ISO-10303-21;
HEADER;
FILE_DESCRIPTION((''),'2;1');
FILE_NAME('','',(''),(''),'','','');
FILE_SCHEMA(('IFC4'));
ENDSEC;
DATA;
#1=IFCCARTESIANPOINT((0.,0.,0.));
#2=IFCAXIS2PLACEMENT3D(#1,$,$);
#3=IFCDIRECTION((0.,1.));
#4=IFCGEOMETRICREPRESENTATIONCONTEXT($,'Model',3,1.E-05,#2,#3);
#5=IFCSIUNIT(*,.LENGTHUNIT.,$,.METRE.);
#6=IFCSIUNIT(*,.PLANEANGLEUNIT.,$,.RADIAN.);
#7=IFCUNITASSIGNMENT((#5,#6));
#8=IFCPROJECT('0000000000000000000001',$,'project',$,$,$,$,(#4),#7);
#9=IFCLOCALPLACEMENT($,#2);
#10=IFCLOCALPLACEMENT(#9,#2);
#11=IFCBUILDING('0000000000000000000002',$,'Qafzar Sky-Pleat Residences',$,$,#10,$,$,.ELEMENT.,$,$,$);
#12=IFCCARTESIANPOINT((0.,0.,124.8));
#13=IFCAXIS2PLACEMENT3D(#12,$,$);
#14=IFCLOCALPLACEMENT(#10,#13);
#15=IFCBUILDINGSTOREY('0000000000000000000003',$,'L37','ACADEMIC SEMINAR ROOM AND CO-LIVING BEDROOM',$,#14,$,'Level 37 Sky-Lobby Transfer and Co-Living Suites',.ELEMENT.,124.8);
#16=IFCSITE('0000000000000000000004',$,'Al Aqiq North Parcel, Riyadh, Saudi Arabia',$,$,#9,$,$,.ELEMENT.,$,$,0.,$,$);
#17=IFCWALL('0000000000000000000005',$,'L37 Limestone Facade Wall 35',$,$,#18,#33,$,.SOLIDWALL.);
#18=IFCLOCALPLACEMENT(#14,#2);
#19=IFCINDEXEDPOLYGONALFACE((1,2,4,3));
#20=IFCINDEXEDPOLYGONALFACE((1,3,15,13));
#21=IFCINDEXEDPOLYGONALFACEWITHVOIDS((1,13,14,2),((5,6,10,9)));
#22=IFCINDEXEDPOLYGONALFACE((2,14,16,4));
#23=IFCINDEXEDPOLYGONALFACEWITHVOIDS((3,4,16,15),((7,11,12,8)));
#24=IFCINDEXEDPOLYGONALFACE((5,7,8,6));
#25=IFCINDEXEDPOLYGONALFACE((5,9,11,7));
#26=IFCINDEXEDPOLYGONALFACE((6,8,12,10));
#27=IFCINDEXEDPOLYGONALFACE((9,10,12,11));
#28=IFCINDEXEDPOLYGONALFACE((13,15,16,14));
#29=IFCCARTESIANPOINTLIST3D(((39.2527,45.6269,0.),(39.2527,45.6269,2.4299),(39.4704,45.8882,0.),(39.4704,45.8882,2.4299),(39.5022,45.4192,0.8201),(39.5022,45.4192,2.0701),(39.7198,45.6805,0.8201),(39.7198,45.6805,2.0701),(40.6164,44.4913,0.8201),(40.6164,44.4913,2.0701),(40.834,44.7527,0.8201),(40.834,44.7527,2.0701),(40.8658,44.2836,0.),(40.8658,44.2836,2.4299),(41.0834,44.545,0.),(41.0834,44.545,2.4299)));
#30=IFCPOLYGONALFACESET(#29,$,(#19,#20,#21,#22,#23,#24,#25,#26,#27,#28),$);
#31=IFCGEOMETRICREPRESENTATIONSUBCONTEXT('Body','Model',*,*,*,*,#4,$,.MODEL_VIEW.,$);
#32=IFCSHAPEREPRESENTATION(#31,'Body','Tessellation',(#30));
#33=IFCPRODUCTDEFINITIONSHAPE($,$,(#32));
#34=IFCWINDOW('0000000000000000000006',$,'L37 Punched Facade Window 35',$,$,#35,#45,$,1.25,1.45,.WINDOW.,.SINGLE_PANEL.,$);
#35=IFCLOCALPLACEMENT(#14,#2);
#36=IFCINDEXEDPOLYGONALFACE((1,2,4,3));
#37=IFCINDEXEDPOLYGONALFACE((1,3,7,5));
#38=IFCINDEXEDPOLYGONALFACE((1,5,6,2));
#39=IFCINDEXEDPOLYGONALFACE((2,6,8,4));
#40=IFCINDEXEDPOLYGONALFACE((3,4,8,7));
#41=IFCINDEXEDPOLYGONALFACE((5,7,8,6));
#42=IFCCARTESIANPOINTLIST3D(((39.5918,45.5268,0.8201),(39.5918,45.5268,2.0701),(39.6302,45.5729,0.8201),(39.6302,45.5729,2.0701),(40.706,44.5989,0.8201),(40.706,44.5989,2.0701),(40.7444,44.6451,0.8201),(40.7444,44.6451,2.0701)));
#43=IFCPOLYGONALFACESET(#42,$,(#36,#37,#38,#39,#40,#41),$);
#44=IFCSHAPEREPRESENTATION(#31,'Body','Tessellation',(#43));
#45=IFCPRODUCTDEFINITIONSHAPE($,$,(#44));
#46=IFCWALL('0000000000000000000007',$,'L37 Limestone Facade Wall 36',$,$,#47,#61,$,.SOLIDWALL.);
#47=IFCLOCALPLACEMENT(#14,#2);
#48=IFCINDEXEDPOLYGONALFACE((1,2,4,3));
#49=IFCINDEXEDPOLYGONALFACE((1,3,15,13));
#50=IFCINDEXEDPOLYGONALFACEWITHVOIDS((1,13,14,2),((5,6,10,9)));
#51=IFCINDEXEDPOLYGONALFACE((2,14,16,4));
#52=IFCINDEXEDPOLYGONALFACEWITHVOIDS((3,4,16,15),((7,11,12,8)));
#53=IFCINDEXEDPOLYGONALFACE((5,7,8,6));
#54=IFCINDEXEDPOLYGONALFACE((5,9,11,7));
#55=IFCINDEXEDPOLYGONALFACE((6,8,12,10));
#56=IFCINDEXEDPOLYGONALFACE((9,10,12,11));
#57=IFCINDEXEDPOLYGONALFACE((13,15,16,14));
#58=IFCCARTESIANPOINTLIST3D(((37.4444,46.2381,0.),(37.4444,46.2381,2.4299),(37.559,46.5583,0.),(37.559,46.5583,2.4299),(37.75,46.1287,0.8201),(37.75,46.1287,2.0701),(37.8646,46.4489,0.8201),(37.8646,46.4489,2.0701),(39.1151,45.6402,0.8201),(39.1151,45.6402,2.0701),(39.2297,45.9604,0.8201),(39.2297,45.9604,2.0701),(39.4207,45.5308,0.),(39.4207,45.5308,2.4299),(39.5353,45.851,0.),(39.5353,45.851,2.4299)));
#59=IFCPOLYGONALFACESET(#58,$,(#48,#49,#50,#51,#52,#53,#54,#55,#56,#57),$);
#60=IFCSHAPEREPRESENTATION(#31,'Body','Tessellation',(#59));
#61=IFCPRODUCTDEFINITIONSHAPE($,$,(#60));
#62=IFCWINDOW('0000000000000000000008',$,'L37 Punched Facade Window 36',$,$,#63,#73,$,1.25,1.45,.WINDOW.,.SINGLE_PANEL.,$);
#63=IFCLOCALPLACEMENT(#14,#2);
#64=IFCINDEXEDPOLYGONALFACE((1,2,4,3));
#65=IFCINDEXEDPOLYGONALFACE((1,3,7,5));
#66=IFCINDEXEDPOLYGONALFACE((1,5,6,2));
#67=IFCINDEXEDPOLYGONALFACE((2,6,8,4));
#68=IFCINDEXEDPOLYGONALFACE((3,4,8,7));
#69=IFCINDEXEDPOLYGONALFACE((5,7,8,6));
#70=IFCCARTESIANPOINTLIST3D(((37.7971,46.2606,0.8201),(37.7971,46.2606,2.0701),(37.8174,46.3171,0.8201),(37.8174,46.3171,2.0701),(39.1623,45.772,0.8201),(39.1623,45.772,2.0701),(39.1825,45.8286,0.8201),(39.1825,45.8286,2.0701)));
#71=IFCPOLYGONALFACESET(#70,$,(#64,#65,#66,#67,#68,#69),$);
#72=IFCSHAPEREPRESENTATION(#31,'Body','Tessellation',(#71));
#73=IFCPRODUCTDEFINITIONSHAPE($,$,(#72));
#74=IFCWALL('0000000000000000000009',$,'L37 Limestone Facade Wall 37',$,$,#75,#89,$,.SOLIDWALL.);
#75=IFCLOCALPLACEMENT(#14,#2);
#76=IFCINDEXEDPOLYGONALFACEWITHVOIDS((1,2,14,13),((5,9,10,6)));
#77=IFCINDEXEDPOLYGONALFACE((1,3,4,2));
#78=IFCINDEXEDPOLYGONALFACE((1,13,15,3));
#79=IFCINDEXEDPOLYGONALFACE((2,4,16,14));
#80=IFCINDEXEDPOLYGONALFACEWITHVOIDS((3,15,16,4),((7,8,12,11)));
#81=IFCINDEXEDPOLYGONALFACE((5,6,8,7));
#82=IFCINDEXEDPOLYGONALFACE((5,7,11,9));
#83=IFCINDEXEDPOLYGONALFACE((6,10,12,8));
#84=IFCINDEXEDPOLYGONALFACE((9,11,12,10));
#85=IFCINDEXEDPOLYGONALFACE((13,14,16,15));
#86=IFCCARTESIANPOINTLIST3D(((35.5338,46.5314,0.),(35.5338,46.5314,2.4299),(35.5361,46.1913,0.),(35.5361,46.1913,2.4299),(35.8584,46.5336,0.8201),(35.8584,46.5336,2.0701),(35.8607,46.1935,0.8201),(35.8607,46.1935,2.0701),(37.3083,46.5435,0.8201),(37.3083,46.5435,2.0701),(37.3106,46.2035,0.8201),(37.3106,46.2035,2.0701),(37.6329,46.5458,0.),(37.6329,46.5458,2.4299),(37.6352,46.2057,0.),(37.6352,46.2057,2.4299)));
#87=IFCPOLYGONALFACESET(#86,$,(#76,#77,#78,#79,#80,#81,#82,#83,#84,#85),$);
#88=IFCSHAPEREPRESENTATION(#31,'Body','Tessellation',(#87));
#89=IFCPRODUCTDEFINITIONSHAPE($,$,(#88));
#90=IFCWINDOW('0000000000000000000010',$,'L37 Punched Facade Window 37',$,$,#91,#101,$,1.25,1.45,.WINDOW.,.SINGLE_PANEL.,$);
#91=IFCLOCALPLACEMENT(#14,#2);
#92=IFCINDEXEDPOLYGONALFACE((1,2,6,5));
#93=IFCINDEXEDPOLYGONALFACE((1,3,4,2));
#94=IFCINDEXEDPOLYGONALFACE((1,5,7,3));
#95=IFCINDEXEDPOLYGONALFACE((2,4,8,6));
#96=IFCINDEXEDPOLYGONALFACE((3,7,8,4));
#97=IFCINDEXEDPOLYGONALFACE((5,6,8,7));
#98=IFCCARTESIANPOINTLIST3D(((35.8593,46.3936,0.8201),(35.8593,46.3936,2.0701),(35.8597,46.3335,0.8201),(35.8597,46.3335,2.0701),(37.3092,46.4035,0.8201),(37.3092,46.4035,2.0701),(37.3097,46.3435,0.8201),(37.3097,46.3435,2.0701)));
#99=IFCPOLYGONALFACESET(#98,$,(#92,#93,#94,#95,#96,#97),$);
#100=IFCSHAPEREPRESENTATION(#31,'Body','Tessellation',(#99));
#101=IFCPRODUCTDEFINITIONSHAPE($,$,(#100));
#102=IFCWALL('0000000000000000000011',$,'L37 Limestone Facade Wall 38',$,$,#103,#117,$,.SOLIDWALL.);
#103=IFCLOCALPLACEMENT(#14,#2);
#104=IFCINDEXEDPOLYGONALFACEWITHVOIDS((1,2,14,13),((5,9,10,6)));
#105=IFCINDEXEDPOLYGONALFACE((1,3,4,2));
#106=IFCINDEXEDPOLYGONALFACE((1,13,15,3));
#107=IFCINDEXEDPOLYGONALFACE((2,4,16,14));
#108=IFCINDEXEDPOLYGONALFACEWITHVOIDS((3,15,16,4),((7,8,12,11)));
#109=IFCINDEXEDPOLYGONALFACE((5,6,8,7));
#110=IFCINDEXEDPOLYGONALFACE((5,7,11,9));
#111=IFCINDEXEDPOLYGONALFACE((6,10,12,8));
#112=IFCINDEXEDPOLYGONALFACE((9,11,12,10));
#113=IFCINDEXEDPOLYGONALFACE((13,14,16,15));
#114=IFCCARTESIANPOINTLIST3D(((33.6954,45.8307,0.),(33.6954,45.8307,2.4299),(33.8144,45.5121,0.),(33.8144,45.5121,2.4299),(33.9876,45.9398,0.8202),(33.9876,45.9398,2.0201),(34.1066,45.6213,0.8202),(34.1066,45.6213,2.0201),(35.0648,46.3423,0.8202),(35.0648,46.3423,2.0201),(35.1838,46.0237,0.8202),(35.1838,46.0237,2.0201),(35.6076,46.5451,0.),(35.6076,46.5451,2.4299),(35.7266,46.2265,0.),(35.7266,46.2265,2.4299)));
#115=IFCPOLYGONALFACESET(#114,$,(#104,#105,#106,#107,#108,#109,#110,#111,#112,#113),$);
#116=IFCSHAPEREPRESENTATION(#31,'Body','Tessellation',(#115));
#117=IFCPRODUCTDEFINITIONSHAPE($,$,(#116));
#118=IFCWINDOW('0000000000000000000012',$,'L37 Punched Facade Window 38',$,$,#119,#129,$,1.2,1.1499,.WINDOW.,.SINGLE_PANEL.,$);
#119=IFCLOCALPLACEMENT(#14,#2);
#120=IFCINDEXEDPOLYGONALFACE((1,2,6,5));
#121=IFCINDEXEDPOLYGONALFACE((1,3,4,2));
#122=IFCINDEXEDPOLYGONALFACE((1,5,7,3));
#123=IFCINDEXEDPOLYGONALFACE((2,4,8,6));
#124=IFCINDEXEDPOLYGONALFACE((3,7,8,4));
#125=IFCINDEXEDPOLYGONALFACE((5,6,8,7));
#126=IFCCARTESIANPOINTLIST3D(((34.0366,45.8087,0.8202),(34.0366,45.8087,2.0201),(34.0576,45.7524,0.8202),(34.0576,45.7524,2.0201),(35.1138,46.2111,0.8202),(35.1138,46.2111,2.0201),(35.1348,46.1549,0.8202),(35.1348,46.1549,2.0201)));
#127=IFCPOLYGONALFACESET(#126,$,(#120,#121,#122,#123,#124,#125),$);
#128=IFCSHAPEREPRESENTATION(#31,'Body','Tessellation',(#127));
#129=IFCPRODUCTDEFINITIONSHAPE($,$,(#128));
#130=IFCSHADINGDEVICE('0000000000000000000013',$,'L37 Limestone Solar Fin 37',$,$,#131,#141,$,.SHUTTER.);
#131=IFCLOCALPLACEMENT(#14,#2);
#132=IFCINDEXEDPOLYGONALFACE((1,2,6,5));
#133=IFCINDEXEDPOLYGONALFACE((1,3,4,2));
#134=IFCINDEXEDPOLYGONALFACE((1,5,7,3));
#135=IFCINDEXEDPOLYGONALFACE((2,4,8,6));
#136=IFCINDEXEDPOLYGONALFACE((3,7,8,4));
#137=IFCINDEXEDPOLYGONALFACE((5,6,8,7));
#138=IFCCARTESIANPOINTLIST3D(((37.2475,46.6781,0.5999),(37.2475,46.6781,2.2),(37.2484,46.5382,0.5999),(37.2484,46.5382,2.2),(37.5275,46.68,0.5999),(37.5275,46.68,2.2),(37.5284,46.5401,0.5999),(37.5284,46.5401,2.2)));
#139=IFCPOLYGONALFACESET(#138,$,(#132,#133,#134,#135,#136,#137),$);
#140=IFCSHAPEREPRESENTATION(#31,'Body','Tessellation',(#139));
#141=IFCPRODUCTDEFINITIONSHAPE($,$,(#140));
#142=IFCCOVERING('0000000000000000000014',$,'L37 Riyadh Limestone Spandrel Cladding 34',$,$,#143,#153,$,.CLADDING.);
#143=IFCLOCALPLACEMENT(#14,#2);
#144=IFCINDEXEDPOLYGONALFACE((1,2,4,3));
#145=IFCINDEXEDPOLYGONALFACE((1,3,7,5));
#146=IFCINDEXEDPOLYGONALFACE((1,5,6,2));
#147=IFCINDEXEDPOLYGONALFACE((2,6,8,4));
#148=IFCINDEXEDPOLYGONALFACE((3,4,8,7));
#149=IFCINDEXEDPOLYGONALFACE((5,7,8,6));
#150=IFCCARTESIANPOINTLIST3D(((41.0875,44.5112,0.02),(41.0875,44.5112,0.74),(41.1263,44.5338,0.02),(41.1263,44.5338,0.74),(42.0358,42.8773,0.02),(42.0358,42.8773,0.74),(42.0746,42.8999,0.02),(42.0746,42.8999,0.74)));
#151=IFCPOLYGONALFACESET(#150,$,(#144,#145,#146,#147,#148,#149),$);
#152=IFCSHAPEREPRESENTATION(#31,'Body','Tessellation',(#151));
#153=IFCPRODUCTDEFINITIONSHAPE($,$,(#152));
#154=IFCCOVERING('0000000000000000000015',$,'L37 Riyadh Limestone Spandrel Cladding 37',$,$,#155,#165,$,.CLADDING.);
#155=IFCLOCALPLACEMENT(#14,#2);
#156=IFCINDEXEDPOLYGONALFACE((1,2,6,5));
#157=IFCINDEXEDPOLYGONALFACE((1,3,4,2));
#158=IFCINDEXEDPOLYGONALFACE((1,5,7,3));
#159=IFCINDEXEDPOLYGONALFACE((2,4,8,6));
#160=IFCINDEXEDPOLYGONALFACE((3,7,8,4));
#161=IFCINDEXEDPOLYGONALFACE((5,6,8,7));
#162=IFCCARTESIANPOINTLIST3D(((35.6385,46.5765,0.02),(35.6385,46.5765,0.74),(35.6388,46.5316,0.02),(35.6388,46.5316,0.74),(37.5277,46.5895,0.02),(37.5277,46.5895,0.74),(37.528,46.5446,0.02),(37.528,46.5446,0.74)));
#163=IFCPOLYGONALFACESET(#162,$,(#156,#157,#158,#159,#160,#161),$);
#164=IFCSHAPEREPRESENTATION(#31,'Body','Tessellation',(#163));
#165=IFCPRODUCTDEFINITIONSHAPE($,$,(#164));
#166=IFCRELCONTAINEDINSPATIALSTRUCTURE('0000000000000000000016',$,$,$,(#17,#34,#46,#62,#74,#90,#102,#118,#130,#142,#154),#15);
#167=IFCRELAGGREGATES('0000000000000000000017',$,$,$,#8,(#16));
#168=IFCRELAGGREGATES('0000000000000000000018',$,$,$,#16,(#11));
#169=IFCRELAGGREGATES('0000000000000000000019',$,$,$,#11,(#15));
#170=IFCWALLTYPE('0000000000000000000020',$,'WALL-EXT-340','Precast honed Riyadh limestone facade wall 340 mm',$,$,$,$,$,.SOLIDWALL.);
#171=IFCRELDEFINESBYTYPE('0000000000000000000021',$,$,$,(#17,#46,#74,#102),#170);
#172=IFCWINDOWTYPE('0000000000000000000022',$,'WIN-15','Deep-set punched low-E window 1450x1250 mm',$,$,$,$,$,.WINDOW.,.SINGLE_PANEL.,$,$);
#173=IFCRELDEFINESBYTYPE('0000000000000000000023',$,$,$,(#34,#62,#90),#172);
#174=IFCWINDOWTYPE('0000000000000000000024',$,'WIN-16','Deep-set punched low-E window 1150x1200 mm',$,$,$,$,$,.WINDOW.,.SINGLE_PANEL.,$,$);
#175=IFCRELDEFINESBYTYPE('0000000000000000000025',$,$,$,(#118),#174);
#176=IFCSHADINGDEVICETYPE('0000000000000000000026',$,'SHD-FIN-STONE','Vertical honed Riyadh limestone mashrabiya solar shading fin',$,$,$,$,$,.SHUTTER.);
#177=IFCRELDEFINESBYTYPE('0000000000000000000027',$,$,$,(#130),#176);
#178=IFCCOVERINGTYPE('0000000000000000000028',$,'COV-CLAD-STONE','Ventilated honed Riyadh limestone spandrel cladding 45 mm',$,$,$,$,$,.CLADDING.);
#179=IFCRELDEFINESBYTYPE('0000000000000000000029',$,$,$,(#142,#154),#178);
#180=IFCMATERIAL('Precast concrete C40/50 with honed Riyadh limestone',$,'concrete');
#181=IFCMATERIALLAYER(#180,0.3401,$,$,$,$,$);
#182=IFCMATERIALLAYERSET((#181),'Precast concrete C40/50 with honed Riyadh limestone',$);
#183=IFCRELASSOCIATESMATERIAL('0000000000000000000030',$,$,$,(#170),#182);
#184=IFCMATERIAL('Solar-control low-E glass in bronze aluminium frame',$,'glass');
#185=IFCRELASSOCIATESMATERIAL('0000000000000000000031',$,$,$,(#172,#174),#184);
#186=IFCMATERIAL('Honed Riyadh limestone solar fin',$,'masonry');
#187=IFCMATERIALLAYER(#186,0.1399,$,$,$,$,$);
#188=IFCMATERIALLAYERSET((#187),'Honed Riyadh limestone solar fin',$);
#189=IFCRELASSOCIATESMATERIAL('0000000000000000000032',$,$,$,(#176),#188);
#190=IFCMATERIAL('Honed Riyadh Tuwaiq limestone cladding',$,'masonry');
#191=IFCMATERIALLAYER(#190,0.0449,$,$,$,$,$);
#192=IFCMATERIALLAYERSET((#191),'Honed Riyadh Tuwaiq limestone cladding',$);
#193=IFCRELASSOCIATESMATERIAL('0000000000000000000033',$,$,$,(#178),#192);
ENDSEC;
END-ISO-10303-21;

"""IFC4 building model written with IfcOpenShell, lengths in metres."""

from ifc_helpers import new_model, si_unit, direction, frame, frame_2d, origin, origin_2d, place, context, subcontext, project, spatial, rectangle, extrude, source, transform, mapped, material, layer, layer_set, type_object, element, fill, save


model = new_model("IFC4")

# Units and contexts
model_context = context("Model", 3, precision=1e-05, world=origin(), true_north=direction((0.0, 1.0)))
body_context = subcontext(model_context, "Body", "Model", "MODEL_VIEW")
ifc_project = project(units=[si_unit("LENGTHUNIT", "METRE"), si_unit("PLANEANGLEUNIT", "RADIAN")], contexts=[model_context])

# Site, building, storey
site_placement = place(None, origin())
site = spatial("IfcSite", under=ifc_project, at=site_placement, Name="Al Aqiq North Parcel, Riyadh, Saudi Arabia", CompositionType="ELEMENT", RefElevation=0.0)
building_placement = place(site_placement, origin())
building = spatial("IfcBuilding", under=site, at=building_placement, Name="Qafzar Sky-Pleat Residences", CompositionType="ELEMENT")
storey_placement = place(building_placement, frame((0.0, 0.0, 124.8)))
storey = spatial("IfcBuildingStorey", under=building, at=storey_placement, Name="L37", Description="ACADEMIC SEMINAR ROOM AND CO-LIVING BEDROOM", LongName="Level 37 Sky-Lobby Transfer and Co-Living Suites", CompositionType="ELEMENT", Elevation=124.8)

# Shared definitions
ifc_material_1 = material(Name="Precast concrete C40/50 with honed Riyadh limestone", Category="concrete")
ifc_layer_1 = layer(ifc_material_1, 0.3401)
ifc_layer_set_1 = layer_set([ifc_layer_1], Name="Precast concrete C40/50 with honed Riyadh limestone")
wall_type_1 = type_object("IfcWallType", Name="WALL-EXT-340", Description="Precast honed Riyadh limestone facade wall 340 mm", PredefinedType="SOLIDWALL", material=ifc_layer_set_1)
ifc_material_2 = material(Name="Solar-control low-E glass in bronze aluminium frame", Category="glass")
window_type_1 = type_object("IfcWindowType", Name="WIN-15", Description="Deep-set punched low-E window 1450x1250 mm", PartitioningType="SINGLE_PANEL", PredefinedType="WINDOW", material=ifc_material_2)
shared_shape_1 = source(origin(), body_context, "Body", "SweptSolid", [
    extrude(rectangle(XDim=1.45, YDim=1.25, at=frame_2d((0.7251, 0.625))), frame((0.0, 0.03, 0.0), z_axis=(0.0, -1.0, 0.0), x_axis=(1.0, 0.0, 0.0)), (0.0, 0.0, 1.0), 0.0601),
])

# Walls, openings, windows
wall_1_placement = place(storey_placement, frame((40.9746, 44.4143, 0.0), z_axis=(0.0, 0.0, 1.0), x_axis=(-0.768441, 0.639921, 0.0)))
wall_1 = element("IfcWall", 1, at=wall_1_placement, inside=storey, type_object=wall_type_1, Name="L37 Limestone Facade Wall 35", PredefinedType="SOLIDWALL", context=body_context, shape_type="SweptSolid", body=[
    extrude(rectangle(XDim=2.0991, YDim=0.3401, at=frame_2d((1.0496, 0.0))), origin(), (0.0, 0.0, 1.0), 2.4299),
])
opening_1_placement = place(wall_1_placement, frame((0.3245, 0.0, 0.8201)))
opening_1 = element("IfcOpeningElement", 2, at=opening_1_placement, cuts=wall_1, PredefinedType="OPENING", context=body_context, shape_type="SweptSolid", body=[
    extrude(rectangle(XDim=1.45, YDim=1.25, at=frame_2d((0.7251, 0.625))), frame((0.0, 0.1802, 0.0), z_axis=(0.0, -1.0, 0.0), x_axis=(1.0, 0.0, 0.0)), (0.0, 0.0, 1.0), 0.3601),
])
window_1_placement = place(opening_1_placement, origin())
window_1 = element("IfcWindow", 3, at=window_1_placement, inside=storey, type_object=window_type_1, Name="L37 Punched Facade Window 35", OverallHeight=1.25, OverallWidth=1.45, PartitioningType="SINGLE_PANEL", PredefinedType="WINDOW", context=body_context, shape_type="MappedRepresentation", body=[
    mapped(shared_shape_1, transform((0.0, 0.0, 0.0), x_axis=(1.0, 0.0, 0.0), y_axis=(0.0, 1.0, 0.0), z_axis=(0.0, 0.0, 1.0), scale=1.0)),
])
fill(opening_1, window_1)
wall_2_placement = place(storey_placement, frame((39.478, 45.6909, 0.0), z_axis=(0.0, 0.0, 1.0), x_axis=(-0.941523, 0.336948, 0.0)))
wall_2 = element("IfcWall", 4, at=wall_2_placement, inside=storey, type_object=wall_type_1, Name="L37 Limestone Facade Wall 36", PredefinedType="SOLIDWALL", context=body_context, shape_type="SweptSolid", body=[
    extrude(rectangle(XDim=2.0991, YDim=0.3401, at=frame_2d((1.0496, 0.0))), origin(), (0.0, 0.0, 1.0), 2.4299),
])
opening_2_placement = place(wall_2_placement, frame((0.3245, 0.0, 0.8201)))
opening_2 = element("IfcOpeningElement", 5, at=opening_2_placement, cuts=wall_2, PredefinedType="OPENING", context=body_context, shape_type="SweptSolid", body=[
    extrude(rectangle(XDim=1.45, YDim=1.25, at=frame_2d((0.7251, 0.625))), frame((0.0, 0.1802, 0.0), z_axis=(0.0, -1.0, 0.0), x_axis=(1.0, 0.0, 0.0)), (0.0, 0.0, 1.0), 0.3601),
])
window_2_placement = place(opening_2_placement, origin())
window_2 = element("IfcWindow", 6, at=window_2_placement, inside=storey, type_object=window_type_1, Name="L37 Punched Facade Window 36", OverallHeight=1.25, OverallWidth=1.45, PartitioningType="SINGLE_PANEL", PredefinedType="WINDOW", context=body_context, shape_type="MappedRepresentation", body=[
    mapped(shared_shape_1, transform((0.0, 0.0, 0.0), x_axis=(1.0, 0.0, 0.0), y_axis=(0.0, 1.0, 0.0), z_axis=(0.0, 0.0, 1.0), scale=1.0)),
])
fill(opening_2, window_2)
wall_3_placement = place(storey_placement, frame((37.634, 46.3757, 0.0), z_axis=(0.0, 0.0, 1.0), x_axis=(-0.999976, -0.006862, 0.0)))
wall_3 = element("IfcWall", 7, at=wall_3_placement, inside=storey, type_object=wall_type_1, Name="L37 Limestone Facade Wall 37", PredefinedType="SOLIDWALL", context=body_context, shape_type="SweptSolid", body=[
    extrude(rectangle(XDim=2.0991, YDim=0.3401, at=frame_2d((1.0496, 0.0))), origin(), (0.0, 0.0, 1.0), 2.4299),
])
opening_3_placement = place(wall_3_placement, frame((0.3245, 0.0, 0.8201)))
opening_3 = element("IfcOpeningElement", 8, at=opening_3_placement, cuts=wall_3, PredefinedType="OPENING", context=body_context, shape_type="SweptSolid", body=[
    extrude(rectangle(XDim=1.45, YDim=1.25, at=frame_2d((0.7251, 0.625))), frame((0.0, 0.1802, 0.0), z_axis=(0.0, -1.0, 0.0), x_axis=(1.0, 0.0, 0.0)), (0.0, 0.0, 1.0), 0.3601),
])
window_3_placement = place(opening_3_placement, origin())
window_3 = element("IfcWindow", 9, at=window_3_placement, inside=storey, type_object=window_type_1, Name="L37 Punched Facade Window 37", OverallHeight=1.25, OverallWidth=1.45, PartitioningType="SINGLE_PANEL", PredefinedType="WINDOW", context=body_context, shape_type="MappedRepresentation", body=[
    mapped(shared_shape_1, transform((0.0, 0.0, 0.0), x_axis=(1.0, 0.0, 0.0), y_axis=(0.0, 1.0, 0.0), z_axis=(0.0, 0.0, 1.0), scale=1.0)),
])
fill(opening_3, window_3)
wall_4_placement = place(storey_placement, frame((35.667, 46.3857, 0.0), z_axis=(0.0, 0.0, 1.0), x_axis=(-0.936761, -0.34997, 0.0)))
wall_4 = element("IfcWall", 10, at=wall_4_placement, inside=storey, type_object=wall_type_1, Name="L37 Limestone Facade Wall 38", PredefinedType="SOLIDWALL", context=body_context, shape_type="SweptSolid", body=[
    extrude(rectangle(XDim=2.0413, YDim=0.3401, at=frame_2d((1.0205, 0.0))), origin(), (0.0, 0.0, 1.0), 2.4299),
])
opening_4_placement = place(wall_4_placement, frame((0.5793, 0.0, 0.8201)))
opening_4 = element("IfcOpeningElement", 11, at=opening_4_placement, cuts=wall_4, PredefinedType="OPENING", context=body_context, shape_type="SweptSolid", body=[
    extrude(rectangle(XDim=1.1499, YDim=1.2, at=frame_2d((0.575, 0.6001))), frame((0.0, 0.1802, 0.0), z_axis=(0.0, -1.0, 0.0), x_axis=(1.0, 0.0, 0.0)), (0.0, 0.0, 1.0), 0.3601),
])
window_type_2 = type_object("IfcWindowType", Name="WIN-16", Description="Deep-set punched low-E window 1150x1200 mm", PartitioningType="SINGLE_PANEL", PredefinedType="WINDOW", material=ifc_material_2)
shared_shape_2 = source(origin(), body_context, "Body", "SweptSolid", [
    extrude(rectangle(XDim=1.1499, YDim=1.2, at=frame_2d((0.575, 0.6001))), frame((0.0, 0.03, 0.0), z_axis=(0.0, -1.0, 0.0), x_axis=(1.0, 0.0, 0.0)), (0.0, 0.0, 1.0), 0.0601),
])
window_4_placement = place(opening_4_placement, origin())
window_4 = element("IfcWindow", 12, at=window_4_placement, inside=storey, type_object=window_type_2, Name="L37 Punched Facade Window 38", OverallHeight=1.2, OverallWidth=1.1499, PartitioningType="SINGLE_PANEL", PredefinedType="WINDOW", context=body_context, shape_type="MappedRepresentation", body=[
    mapped(shared_shape_2, transform((0.0, 0.0, 0.0), x_axis=(1.0, 0.0, 0.0), y_axis=(0.0, 1.0, 0.0), z_axis=(0.0, 0.0, 1.0), scale=1.0)),
])
fill(opening_4, window_4)

# Shading device
ifc_material_3 = material(Name="Honed Riyadh limestone solar fin", Category="masonry")
ifc_layer_2 = layer(ifc_material_3, 0.1399)
ifc_layer_set_2 = layer_set([ifc_layer_2], Name="Honed Riyadh limestone solar fin")
shading_device_type = type_object("IfcShadingDeviceType", Name="SHD-FIN-STONE", Description="Vertical honed Riyadh limestone mashrabiya solar shading fin", PredefinedType="SHUTTER", material=ifc_layer_set_2)
shared_shape_3 = source(origin(), body_context, "Body", "SweptSolid", [
    extrude(rectangle(XDim=0.1399, YDim=0.28, at=origin_2d()), origin(), (0.0, 0.0, 1.0), 1.6001),
])
shading_device_placement = place(storey_placement, frame((37.3879, 46.6091, 0.5999), z_axis=(0.0, 0.0, 1.0), x_axis=(-0.006821, 0.999977, 0.0)))
element("IfcShadingDevice", 13, at=shading_device_placement, inside=storey, type_object=shading_device_type, Name="L37 Limestone Solar Fin 37", PredefinedType="SHUTTER", context=body_context, shape_type="MappedRepresentation", body=[
    mapped(shared_shape_3, transform((0.0, 0.0, 0.0), x_axis=(1.0, 0.0, 0.0), y_axis=(0.0, 1.0, 0.0), z_axis=(0.0, 0.0, 1.0), scale=1.0)),
])

# Coverings
ifc_material_4 = material(Name="Honed Riyadh Tuwaiq limestone cladding", Category="masonry")
ifc_layer_3 = layer(ifc_material_4, 0.0449)
ifc_layer_set_3 = layer_set([ifc_layer_3], Name="Honed Riyadh Tuwaiq limestone cladding")
covering_type = type_object("IfcCoveringType", Name="COV-CLAD-STONE", Description="Ventilated honed Riyadh limestone spandrel cladding 45 mm", PredefinedType="CLADDING", material=ifc_layer_set_3)
shared_shape_4 = source(origin(), body_context, "Body", "SweptSolid", [
    extrude(rectangle(XDim=1.8892, YDim=0.0449, at=origin_2d()), origin(), (0.0, 0.0, 1.0), 0.72),
])
for number, where, z_axis, x_axis, name in (
    (14, (41.5811, 43.7056, 0.02), (0.0, 0.0, 1.0), (-0.501977, 0.864881, 0.0), "L37 Riyadh Limestone Spandrel Cladding 34"),
    (15, (36.5833, 46.5605, 0.02), (0.0, 0.0, 1.0), (-0.999976, -0.00686, 0.0), "L37 Riyadh Limestone Spandrel Cladding 37"),
):
    element("IfcCovering", number, at=place(storey_placement, frame(where, z_axis=z_axis, x_axis=x_axis)), inside=storey, type_object=covering_type, Name=name, PredefinedType="CLADDING", context=body_context, shape_type="MappedRepresentation", body=[
        mapped(shared_shape_4, transform((0.0, 0.0, 0.0), x_axis=(1.0, 0.0, 0.0), y_axis=(0.0, 1.0, 0.0), z_axis=(0.0, 0.0, 1.0), scale=1.0)),
    ])

save(model, "model.ifc")
